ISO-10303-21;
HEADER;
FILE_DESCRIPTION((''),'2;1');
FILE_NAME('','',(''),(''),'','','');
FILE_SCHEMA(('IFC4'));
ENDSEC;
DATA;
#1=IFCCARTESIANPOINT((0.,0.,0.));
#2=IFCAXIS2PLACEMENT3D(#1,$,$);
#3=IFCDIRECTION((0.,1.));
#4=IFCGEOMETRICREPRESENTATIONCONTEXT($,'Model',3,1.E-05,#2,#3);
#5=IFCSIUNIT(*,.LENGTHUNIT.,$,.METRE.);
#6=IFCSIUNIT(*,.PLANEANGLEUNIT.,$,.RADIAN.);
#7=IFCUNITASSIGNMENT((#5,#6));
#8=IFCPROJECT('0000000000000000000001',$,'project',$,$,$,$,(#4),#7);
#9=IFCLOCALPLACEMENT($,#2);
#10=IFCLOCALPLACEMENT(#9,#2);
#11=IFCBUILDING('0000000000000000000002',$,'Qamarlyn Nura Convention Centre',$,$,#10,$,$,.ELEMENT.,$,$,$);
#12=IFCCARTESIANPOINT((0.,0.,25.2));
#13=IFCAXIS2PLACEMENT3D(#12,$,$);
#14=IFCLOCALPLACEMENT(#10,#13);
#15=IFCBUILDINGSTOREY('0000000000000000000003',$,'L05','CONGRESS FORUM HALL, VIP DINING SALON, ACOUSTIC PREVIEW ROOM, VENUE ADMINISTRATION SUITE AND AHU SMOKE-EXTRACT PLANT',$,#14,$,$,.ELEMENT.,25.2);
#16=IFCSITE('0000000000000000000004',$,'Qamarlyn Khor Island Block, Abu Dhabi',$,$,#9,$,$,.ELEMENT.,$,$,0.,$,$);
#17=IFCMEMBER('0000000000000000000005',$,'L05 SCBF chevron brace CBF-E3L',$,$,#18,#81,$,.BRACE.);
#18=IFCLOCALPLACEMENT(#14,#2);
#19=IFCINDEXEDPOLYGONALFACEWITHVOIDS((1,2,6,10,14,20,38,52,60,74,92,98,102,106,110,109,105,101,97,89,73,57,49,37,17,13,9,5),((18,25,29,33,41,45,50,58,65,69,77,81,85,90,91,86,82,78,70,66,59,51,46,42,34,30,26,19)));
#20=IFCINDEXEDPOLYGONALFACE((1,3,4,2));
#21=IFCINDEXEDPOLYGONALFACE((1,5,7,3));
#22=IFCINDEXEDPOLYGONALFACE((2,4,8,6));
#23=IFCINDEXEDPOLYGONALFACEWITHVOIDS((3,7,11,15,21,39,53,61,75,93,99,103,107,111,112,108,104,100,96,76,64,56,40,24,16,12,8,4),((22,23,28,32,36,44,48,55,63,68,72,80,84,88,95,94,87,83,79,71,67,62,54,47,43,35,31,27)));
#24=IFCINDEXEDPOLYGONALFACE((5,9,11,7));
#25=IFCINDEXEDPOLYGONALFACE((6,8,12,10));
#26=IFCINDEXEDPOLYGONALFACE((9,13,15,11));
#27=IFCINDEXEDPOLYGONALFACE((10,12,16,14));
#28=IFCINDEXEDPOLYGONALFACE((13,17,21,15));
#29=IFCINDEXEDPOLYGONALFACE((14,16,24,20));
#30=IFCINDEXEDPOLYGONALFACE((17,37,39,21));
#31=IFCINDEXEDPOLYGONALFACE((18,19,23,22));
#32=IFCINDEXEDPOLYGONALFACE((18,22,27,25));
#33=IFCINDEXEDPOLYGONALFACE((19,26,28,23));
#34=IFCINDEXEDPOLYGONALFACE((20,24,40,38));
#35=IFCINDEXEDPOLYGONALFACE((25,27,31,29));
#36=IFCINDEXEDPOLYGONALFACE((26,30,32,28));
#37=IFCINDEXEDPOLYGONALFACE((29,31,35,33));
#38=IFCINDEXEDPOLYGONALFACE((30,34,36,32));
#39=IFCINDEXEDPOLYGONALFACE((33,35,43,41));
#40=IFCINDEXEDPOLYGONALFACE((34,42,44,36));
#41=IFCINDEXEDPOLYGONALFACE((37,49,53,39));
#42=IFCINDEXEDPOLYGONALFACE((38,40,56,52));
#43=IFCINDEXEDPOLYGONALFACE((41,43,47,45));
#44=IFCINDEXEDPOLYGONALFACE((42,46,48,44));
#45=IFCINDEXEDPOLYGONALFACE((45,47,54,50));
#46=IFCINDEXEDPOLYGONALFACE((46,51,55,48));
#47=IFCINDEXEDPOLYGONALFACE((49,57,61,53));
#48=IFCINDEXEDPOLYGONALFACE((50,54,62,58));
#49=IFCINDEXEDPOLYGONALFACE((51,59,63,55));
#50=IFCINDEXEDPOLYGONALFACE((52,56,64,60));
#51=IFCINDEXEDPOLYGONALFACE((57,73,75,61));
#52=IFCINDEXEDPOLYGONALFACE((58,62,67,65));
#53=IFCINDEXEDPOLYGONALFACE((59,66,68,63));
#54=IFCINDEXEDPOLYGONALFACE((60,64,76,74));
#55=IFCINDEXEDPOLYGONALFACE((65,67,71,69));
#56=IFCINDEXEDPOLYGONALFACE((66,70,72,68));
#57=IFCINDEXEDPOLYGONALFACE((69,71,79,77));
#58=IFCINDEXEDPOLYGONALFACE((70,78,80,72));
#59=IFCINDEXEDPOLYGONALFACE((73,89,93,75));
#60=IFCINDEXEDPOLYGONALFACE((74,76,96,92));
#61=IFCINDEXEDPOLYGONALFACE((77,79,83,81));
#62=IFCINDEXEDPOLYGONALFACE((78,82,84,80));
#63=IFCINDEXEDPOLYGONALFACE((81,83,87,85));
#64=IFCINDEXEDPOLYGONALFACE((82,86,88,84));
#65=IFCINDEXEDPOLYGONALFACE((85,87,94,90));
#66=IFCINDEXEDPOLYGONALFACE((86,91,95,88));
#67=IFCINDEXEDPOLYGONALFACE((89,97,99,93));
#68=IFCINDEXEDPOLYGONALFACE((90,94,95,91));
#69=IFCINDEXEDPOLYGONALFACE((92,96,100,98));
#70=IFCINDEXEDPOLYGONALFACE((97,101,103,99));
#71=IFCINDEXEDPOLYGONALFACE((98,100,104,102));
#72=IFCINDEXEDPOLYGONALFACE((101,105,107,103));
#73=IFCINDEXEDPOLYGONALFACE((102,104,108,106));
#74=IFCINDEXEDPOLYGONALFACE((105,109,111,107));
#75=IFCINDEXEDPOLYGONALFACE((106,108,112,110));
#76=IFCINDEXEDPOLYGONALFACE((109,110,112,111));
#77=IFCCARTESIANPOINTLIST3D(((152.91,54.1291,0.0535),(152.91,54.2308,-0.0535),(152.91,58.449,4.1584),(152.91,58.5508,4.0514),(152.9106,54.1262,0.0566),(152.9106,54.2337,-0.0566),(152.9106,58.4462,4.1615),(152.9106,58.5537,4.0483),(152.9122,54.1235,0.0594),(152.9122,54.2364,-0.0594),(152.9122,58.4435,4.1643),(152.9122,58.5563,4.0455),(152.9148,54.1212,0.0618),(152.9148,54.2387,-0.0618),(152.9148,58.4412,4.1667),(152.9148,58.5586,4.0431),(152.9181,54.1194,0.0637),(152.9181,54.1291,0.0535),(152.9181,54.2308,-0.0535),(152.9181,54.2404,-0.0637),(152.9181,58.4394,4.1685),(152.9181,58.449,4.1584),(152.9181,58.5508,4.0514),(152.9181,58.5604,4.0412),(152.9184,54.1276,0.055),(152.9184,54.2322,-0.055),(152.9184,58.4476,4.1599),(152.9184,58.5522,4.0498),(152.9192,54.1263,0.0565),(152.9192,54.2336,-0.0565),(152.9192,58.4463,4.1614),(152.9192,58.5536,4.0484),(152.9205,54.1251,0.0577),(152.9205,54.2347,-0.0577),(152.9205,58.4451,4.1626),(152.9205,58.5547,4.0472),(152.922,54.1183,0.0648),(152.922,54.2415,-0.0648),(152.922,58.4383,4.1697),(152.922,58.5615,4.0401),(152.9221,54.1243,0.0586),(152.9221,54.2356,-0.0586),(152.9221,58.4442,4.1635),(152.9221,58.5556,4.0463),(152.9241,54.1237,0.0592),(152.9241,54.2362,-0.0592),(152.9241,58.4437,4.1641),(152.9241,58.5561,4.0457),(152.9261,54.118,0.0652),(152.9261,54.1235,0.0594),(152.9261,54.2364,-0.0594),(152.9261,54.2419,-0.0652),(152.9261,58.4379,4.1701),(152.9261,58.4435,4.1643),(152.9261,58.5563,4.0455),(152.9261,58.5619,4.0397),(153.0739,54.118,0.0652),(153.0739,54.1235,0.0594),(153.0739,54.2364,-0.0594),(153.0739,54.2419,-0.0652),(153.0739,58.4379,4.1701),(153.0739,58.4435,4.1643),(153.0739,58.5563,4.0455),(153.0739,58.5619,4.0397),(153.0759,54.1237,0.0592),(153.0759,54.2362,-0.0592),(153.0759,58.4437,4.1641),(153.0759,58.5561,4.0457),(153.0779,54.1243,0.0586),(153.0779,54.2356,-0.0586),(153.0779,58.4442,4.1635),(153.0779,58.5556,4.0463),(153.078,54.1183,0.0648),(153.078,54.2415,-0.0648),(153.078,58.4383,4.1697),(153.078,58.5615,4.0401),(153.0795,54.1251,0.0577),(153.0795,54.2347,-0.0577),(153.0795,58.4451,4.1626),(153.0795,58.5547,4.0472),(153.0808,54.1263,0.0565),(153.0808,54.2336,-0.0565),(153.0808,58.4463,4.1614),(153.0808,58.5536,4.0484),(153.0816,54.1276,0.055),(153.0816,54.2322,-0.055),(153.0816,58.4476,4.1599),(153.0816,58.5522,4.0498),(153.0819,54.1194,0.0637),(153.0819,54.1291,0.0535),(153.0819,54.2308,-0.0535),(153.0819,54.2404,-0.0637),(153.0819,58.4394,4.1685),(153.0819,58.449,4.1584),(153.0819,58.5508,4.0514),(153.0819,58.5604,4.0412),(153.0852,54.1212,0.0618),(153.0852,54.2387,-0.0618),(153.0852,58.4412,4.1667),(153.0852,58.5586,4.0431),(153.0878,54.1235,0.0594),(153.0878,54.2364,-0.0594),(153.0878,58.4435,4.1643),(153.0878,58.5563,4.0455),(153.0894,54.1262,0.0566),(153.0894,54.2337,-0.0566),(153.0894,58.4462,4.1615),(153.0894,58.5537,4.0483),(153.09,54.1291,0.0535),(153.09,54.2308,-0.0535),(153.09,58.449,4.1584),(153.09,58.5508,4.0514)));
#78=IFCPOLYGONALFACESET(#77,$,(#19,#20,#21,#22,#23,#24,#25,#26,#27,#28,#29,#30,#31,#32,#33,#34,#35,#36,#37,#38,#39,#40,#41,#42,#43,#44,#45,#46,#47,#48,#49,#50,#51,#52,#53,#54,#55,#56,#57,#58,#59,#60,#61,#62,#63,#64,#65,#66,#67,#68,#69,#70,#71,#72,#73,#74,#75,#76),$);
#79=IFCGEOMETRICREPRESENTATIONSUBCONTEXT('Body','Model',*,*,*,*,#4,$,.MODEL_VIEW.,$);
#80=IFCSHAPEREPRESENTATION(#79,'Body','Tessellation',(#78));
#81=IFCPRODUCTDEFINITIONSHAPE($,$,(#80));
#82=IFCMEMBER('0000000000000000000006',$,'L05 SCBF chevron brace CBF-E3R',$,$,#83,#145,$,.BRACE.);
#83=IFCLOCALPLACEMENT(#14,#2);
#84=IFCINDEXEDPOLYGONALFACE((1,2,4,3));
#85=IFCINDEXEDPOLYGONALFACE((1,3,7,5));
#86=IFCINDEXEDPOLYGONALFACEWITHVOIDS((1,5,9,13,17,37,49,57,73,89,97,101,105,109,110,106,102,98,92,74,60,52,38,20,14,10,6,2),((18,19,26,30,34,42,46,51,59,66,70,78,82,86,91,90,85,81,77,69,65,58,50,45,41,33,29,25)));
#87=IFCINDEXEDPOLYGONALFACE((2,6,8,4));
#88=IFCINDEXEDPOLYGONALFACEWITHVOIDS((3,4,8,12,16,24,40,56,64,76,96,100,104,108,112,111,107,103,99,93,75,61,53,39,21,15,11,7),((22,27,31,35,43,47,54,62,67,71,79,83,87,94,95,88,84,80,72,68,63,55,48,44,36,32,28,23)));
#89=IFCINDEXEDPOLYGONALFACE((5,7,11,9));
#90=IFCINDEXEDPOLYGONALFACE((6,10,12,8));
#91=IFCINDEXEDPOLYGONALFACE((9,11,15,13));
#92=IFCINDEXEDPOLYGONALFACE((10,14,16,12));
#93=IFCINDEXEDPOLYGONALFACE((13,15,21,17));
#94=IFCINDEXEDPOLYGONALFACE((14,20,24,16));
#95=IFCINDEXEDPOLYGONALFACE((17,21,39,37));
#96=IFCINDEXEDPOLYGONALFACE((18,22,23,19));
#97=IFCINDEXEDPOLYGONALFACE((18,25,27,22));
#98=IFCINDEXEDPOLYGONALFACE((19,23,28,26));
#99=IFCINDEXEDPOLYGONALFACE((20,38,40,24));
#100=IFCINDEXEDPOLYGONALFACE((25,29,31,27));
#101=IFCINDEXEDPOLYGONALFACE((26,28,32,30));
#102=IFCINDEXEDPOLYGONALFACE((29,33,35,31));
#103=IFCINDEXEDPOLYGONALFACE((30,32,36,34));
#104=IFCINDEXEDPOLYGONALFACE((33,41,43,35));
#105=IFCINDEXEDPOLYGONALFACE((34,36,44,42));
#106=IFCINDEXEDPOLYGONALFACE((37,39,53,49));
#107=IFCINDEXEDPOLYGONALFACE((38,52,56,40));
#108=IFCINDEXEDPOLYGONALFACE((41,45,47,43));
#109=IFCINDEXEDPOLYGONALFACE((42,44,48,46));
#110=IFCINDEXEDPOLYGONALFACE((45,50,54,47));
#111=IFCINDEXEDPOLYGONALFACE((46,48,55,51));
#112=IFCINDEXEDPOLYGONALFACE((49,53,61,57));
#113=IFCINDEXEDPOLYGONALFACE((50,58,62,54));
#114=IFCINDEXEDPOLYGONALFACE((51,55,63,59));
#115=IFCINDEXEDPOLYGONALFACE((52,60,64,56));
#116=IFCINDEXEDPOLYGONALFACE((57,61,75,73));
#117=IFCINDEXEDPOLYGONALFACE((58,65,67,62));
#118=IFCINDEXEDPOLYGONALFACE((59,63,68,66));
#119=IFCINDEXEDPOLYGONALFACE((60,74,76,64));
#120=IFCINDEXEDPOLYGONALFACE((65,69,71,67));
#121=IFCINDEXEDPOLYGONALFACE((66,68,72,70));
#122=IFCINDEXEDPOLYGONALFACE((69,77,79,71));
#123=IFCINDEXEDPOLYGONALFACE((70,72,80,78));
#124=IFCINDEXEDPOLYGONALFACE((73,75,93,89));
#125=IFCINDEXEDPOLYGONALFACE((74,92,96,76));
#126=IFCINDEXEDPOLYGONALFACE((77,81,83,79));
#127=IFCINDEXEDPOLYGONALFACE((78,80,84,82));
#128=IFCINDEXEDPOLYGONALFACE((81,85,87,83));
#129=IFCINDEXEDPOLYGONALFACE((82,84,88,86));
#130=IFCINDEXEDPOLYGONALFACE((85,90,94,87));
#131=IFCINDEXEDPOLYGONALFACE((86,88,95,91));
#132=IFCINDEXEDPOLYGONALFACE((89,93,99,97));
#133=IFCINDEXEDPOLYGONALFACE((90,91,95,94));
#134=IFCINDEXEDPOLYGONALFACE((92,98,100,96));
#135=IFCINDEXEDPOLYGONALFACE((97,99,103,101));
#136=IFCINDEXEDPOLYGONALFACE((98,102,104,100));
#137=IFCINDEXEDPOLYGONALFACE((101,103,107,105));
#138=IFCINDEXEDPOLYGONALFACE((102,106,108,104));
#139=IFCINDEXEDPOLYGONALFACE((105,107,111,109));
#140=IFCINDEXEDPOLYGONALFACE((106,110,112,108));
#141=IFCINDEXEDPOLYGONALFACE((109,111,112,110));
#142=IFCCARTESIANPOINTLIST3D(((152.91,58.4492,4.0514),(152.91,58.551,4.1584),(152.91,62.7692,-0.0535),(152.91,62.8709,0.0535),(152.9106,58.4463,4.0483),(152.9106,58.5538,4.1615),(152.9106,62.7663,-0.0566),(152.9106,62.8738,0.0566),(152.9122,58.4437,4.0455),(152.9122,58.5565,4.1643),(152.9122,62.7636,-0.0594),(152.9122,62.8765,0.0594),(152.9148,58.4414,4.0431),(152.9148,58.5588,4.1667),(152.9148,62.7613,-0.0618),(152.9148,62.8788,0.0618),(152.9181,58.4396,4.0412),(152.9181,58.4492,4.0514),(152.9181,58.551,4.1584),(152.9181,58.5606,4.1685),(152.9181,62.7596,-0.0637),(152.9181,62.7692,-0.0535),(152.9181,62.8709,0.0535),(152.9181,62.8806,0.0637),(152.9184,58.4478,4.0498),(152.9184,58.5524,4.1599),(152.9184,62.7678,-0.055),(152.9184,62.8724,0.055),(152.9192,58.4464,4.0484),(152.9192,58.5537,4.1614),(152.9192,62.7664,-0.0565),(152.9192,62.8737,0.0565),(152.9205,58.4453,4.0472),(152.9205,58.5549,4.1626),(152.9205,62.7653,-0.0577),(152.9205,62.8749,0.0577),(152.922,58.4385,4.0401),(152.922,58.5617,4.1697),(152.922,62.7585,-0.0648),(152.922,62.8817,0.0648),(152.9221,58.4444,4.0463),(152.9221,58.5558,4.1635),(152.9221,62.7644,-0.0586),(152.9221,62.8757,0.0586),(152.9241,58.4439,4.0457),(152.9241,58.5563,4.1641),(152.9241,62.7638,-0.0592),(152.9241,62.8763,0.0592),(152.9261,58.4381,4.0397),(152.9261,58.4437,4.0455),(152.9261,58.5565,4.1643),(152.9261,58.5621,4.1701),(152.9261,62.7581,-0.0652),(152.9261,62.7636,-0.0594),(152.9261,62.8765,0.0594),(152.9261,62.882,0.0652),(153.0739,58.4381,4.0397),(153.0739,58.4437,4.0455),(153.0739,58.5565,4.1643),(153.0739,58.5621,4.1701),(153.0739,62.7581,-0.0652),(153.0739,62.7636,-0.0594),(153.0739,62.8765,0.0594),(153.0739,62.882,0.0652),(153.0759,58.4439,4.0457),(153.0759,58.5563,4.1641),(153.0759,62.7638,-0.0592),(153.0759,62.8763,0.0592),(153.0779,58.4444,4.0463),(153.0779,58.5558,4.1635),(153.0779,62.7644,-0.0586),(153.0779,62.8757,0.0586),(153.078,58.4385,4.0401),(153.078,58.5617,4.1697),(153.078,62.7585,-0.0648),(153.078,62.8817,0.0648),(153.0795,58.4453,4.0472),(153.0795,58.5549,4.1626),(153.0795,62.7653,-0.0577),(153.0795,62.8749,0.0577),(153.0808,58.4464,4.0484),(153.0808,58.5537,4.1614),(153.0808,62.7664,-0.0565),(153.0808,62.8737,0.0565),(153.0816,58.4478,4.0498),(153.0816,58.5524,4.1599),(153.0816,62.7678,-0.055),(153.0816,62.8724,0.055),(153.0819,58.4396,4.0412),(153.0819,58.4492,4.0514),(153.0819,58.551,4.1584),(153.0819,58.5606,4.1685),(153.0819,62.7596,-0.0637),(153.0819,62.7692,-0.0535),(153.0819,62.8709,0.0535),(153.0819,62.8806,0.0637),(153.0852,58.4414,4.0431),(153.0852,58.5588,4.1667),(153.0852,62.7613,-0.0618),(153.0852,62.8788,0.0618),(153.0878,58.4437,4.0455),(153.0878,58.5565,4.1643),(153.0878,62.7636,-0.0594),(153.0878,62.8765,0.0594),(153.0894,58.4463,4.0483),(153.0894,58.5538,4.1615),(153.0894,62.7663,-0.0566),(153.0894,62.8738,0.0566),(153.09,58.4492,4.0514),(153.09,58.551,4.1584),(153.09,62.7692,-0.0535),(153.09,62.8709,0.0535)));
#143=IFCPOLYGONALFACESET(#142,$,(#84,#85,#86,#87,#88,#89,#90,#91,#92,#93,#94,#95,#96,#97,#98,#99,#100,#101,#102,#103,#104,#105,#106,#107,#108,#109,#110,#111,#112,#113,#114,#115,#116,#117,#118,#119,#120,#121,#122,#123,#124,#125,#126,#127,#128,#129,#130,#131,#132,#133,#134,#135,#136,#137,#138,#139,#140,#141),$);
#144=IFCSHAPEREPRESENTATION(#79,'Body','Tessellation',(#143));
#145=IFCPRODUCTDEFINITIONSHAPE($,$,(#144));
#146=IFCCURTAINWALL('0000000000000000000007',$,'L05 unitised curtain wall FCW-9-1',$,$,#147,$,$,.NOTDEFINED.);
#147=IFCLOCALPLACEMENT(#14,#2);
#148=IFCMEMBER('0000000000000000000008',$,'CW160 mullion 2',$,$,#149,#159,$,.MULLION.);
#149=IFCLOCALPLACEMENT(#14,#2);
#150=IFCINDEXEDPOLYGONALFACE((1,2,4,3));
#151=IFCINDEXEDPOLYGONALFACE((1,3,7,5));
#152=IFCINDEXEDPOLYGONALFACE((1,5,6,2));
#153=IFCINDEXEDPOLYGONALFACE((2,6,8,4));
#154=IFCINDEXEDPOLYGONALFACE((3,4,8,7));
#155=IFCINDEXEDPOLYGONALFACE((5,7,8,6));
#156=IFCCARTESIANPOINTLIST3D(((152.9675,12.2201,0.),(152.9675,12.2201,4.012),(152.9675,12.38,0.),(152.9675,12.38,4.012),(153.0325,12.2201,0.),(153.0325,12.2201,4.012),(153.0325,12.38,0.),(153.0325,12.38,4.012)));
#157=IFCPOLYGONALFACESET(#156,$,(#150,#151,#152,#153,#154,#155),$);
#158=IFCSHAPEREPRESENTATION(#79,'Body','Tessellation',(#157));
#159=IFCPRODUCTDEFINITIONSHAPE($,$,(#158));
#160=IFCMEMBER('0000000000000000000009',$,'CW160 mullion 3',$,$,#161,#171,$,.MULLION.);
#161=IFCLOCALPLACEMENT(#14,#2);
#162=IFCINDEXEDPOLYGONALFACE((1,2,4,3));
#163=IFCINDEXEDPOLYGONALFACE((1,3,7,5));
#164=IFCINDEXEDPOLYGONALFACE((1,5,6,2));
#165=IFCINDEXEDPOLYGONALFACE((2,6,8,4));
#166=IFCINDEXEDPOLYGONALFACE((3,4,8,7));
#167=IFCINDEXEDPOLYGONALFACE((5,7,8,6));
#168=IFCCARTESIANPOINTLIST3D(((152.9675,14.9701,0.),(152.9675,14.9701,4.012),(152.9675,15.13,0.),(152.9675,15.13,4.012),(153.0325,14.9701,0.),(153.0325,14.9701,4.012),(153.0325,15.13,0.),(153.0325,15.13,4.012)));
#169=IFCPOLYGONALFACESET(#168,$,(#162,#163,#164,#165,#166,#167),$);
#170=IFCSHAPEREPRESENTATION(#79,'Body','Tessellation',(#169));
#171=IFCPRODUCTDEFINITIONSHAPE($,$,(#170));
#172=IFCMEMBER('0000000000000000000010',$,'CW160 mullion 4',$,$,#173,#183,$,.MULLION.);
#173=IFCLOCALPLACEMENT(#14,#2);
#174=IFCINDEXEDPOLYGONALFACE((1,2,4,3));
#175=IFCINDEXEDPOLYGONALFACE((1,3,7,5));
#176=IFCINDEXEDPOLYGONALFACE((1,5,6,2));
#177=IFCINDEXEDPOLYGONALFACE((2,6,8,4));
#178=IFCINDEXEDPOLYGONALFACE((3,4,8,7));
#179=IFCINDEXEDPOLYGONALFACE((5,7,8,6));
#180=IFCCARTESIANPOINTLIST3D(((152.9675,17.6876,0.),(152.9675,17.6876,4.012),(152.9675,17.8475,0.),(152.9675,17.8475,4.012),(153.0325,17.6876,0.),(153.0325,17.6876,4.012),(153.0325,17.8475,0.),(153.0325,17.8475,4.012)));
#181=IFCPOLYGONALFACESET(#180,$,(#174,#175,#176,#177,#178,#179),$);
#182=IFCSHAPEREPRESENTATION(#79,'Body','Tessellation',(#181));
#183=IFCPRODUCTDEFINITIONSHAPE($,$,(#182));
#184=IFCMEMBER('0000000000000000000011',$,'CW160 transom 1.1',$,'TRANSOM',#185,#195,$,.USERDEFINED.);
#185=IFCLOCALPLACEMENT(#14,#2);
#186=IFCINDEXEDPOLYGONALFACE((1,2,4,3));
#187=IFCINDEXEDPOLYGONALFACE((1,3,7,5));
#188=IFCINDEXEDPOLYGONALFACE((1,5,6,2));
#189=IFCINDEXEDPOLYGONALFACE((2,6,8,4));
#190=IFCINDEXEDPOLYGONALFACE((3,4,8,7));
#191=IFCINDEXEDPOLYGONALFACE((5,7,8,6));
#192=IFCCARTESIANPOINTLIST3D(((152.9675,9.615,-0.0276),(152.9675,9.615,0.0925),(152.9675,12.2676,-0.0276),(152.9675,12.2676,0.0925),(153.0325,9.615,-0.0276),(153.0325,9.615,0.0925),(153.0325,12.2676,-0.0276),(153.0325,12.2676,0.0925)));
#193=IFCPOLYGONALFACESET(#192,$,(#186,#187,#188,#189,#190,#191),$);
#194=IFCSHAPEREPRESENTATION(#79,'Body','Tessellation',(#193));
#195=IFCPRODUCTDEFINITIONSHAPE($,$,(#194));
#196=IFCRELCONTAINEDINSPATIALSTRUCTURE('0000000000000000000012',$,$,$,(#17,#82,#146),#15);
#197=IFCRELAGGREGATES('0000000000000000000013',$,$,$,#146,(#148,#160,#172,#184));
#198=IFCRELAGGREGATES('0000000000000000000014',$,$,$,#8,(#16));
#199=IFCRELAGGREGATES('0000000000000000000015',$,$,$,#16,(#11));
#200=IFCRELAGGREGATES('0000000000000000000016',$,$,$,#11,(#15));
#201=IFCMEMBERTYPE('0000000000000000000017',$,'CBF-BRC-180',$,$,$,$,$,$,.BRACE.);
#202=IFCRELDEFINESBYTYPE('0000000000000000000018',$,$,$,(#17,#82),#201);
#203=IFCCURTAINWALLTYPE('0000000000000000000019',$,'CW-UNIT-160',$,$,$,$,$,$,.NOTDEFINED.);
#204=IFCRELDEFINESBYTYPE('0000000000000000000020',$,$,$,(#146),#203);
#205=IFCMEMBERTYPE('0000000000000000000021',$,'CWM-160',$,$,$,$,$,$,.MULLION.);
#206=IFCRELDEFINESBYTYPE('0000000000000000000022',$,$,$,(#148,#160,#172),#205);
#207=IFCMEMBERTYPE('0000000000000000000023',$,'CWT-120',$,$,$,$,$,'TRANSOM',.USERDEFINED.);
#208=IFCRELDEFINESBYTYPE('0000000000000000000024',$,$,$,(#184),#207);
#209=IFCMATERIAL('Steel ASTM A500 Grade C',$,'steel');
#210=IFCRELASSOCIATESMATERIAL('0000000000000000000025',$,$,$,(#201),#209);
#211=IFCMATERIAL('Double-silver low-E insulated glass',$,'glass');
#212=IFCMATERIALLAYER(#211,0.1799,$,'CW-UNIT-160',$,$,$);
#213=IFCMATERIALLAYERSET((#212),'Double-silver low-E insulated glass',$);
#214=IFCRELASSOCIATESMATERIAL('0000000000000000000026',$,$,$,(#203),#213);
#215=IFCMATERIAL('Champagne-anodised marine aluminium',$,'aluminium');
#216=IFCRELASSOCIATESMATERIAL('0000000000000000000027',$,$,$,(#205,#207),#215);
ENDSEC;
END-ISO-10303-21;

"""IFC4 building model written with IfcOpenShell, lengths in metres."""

from ifc_helpers import new_model, si_unit, direction, frame, origin, origin_2d, place, context, subcontext, project, spatial, rectangle, hollow_rectangle, extrude, material, layer, layer_set, material_profile, profile_set, type_object, element, aggregate, save


model = new_model("IFC4")

# Units and contexts
model_context = context("Model", 3, precision=1e-05, world=origin(), true_north=direction((0.0, 1.0)))
body_context = subcontext(model_context, "Body", "Model", "MODEL_VIEW")
ifc_project = project(units=[si_unit("LENGTHUNIT", "METRE"), si_unit("PLANEANGLEUNIT", "RADIAN")], contexts=[model_context])

# Site, building, storey
site_placement = place(None, origin())
site = spatial("IfcSite", under=ifc_project, at=site_placement, Name="Qamarlyn Khor Island Block, Abu Dhabi", CompositionType="ELEMENT", RefElevation=0.0)
building_placement = place(site_placement, origin())
building = spatial("IfcBuilding", under=site, at=building_placement, Name="Qamarlyn Nura Convention Centre", CompositionType="ELEMENT")
storey_placement = place(building_placement, frame((0.0, 0.0, 25.2)))
storey = spatial("IfcBuildingStorey", under=building, at=storey_placement, Name="L05", Description="CONGRESS FORUM HALL, VIP DINING SALON, ACOUSTIC PREVIEW ROOM, VENUE ADMINISTRATION SUITE AND AHU SMOKE-EXTRACT PLANT", CompositionType="ELEMENT", Elevation=25.2)

# Members
ifc_material_1 = material(Name="Steel ASTM A500 Grade C", Category="steel")
ifc_material_profile_1 = material_profile(ifc_material_1, hollow_rectangle(XDim=0.1799, YDim=0.1799, WallThickness=0.0081, InnerFilletRadius=0.0081, OuterFilletRadius=0.0161, at=origin_2d()), Name="HSS180X180X8")
ifc_profile_set_1 = profile_set([ifc_material_profile_1], Name="Steel ASTM A500 Grade C")
member_type_1 = type_object("IfcMemberType", Name="CBF-BRC-180", PredefinedType="BRACE", material=ifc_profile_set_1)
for number, where, z_axis, x_axis, name in (
    (1, (153.0, 54.1799, 0.0), (0.0, 0.724923, 0.68883), (-1.0, 0.0, 0.0), "L05 SCBF chevron brace CBF-E3L"),
    (2, (153.0, 62.8201, 0.0), (0.0, -0.724923, 0.68883), (1.0, 0.0, 0.0), "L05 SCBF chevron brace CBF-E3R"),
):
    element("IfcMember", number, at=place(storey_placement, frame(where, z_axis=z_axis, x_axis=x_axis)), inside=storey, type_object=member_type_1, Name=name, PredefinedType="BRACE", context=body_context, shape_type="SweptSolid", body=[
        extrude(hollow_rectangle(XDim=0.1799, YDim=0.1799, WallThickness=0.0081, InnerFilletRadius=0.0081, OuterFilletRadius=0.0161, at=origin_2d()), origin(), (0.0, 0.0, 1.0), 5.9592),
    ])

# Curtain wall, members
ifc_material_2 = material(Name="Double-silver low-E insulated glass", Category="glass")
ifc_layer_1 = layer(ifc_material_2, 0.1799, Name="CW-UNIT-160")
ifc_layer_set_1 = layer_set([ifc_layer_1], Name="Double-silver low-E insulated glass")
curtain_wall_type = type_object("IfcCurtainWallType", Name="CW-UNIT-160", PredefinedType="NOTDEFINED", material=ifc_layer_set_1)
curtain_wall_placement = place(storey_placement, origin())
curtain_wall = element("IfcCurtainWall", 3, at=curtain_wall_placement, inside=storey, type_object=curtain_wall_type, Name="L05 unitised curtain wall FCW-9-1", PredefinedType="NOTDEFINED")
ifc_material_3 = material(Name="Champagne-anodised marine aluminium", Category="aluminium")
ifc_material_profile_2 = material_profile(ifc_material_3, rectangle(XDim=0.0649, YDim=0.1599, at=origin_2d()), Name="ALU MULLION 65x160")
ifc_profile_set_2 = profile_set([ifc_material_profile_2], Name="Champagne-anodised marine aluminium")
member_type_2 = type_object("IfcMemberType", Name="CWM-160", PredefinedType="MULLION", material=ifc_profile_set_2)
member_1_placement = place(storey_placement, frame((153.0, 12.3, 0.0), z_axis=(0.0, 0.0, 1.0), x_axis=(-1.0, 0.0, 0.0)))
member_1 = element("IfcMember", 4, at=member_1_placement, type_object=member_type_2, Name="CW160 mullion 2", PredefinedType="MULLION", context=body_context, shape_type="SweptSolid", body=[
    extrude(rectangle(XDim=0.0649, YDim=0.1599, at=origin_2d()), origin(), (0.0, 0.0, 1.0), 4.012),
])
member_2_placement = place(storey_placement, frame((153.0, 15.05, 0.0), z_axis=(0.0, 0.0, 1.0), x_axis=(-1.0, 0.0, 0.0)))
member_2 = element("IfcMember", 5, at=member_2_placement, type_object=member_type_2, Name="CW160 mullion 3", PredefinedType="MULLION", context=body_context, shape_type="SweptSolid", body=[
    extrude(rectangle(XDim=0.0649, YDim=0.1599, at=origin_2d()), origin(), (0.0, 0.0, 1.0), 4.012),
])
member_3_placement = place(storey_placement, frame((153.0, 17.7676, 0.0), z_axis=(0.0, 0.0, 1.0), x_axis=(-1.0, 0.0, 0.0)))
member_3 = element("IfcMember", 6, at=member_3_placement, type_object=member_type_2, Name="CW160 mullion 4", PredefinedType="MULLION", context=body_context, shape_type="SweptSolid", body=[
    extrude(rectangle(XDim=0.0649, YDim=0.1599, at=origin_2d()), origin(), (0.0, 0.0, 1.0), 4.012),
])
ifc_material_profile_3 = material_profile(ifc_material_3, rectangle(XDim=0.0649, YDim=0.1201, at=origin_2d()), Name="ALU TRANSOM 65x120")
ifc_profile_set_3 = profile_set([ifc_material_profile_3], Name="Champagne-anodised marine aluminium")
member_type_3 = type_object("IfcMemberType", Name="CWT-120", ElementType="TRANSOM", PredefinedType="USERDEFINED", material=ifc_profile_set_3)
member_4_placement = place(storey_placement, frame((153.0, 9.615, 0.0325), z_axis=(0.0, 1.0, 0.0), x_axis=(-1.0, 0.0, 0.0)))
member_4 = element("IfcMember", 7, at=member_4_placement, type_object=member_type_3, Name="CW160 transom 1.1", ObjectType="TRANSOM", PredefinedType="USERDEFINED", context=body_context, shape_type="SweptSolid", body=[
    extrude(rectangle(XDim=0.0649, YDim=0.1201, at=origin_2d()), origin(), (0.0, 0.0, 1.0), 2.6526),
])
aggregate(curtain_wall, [member_1, member_2, member_3, member_4])

save(model, "model.ifc")
